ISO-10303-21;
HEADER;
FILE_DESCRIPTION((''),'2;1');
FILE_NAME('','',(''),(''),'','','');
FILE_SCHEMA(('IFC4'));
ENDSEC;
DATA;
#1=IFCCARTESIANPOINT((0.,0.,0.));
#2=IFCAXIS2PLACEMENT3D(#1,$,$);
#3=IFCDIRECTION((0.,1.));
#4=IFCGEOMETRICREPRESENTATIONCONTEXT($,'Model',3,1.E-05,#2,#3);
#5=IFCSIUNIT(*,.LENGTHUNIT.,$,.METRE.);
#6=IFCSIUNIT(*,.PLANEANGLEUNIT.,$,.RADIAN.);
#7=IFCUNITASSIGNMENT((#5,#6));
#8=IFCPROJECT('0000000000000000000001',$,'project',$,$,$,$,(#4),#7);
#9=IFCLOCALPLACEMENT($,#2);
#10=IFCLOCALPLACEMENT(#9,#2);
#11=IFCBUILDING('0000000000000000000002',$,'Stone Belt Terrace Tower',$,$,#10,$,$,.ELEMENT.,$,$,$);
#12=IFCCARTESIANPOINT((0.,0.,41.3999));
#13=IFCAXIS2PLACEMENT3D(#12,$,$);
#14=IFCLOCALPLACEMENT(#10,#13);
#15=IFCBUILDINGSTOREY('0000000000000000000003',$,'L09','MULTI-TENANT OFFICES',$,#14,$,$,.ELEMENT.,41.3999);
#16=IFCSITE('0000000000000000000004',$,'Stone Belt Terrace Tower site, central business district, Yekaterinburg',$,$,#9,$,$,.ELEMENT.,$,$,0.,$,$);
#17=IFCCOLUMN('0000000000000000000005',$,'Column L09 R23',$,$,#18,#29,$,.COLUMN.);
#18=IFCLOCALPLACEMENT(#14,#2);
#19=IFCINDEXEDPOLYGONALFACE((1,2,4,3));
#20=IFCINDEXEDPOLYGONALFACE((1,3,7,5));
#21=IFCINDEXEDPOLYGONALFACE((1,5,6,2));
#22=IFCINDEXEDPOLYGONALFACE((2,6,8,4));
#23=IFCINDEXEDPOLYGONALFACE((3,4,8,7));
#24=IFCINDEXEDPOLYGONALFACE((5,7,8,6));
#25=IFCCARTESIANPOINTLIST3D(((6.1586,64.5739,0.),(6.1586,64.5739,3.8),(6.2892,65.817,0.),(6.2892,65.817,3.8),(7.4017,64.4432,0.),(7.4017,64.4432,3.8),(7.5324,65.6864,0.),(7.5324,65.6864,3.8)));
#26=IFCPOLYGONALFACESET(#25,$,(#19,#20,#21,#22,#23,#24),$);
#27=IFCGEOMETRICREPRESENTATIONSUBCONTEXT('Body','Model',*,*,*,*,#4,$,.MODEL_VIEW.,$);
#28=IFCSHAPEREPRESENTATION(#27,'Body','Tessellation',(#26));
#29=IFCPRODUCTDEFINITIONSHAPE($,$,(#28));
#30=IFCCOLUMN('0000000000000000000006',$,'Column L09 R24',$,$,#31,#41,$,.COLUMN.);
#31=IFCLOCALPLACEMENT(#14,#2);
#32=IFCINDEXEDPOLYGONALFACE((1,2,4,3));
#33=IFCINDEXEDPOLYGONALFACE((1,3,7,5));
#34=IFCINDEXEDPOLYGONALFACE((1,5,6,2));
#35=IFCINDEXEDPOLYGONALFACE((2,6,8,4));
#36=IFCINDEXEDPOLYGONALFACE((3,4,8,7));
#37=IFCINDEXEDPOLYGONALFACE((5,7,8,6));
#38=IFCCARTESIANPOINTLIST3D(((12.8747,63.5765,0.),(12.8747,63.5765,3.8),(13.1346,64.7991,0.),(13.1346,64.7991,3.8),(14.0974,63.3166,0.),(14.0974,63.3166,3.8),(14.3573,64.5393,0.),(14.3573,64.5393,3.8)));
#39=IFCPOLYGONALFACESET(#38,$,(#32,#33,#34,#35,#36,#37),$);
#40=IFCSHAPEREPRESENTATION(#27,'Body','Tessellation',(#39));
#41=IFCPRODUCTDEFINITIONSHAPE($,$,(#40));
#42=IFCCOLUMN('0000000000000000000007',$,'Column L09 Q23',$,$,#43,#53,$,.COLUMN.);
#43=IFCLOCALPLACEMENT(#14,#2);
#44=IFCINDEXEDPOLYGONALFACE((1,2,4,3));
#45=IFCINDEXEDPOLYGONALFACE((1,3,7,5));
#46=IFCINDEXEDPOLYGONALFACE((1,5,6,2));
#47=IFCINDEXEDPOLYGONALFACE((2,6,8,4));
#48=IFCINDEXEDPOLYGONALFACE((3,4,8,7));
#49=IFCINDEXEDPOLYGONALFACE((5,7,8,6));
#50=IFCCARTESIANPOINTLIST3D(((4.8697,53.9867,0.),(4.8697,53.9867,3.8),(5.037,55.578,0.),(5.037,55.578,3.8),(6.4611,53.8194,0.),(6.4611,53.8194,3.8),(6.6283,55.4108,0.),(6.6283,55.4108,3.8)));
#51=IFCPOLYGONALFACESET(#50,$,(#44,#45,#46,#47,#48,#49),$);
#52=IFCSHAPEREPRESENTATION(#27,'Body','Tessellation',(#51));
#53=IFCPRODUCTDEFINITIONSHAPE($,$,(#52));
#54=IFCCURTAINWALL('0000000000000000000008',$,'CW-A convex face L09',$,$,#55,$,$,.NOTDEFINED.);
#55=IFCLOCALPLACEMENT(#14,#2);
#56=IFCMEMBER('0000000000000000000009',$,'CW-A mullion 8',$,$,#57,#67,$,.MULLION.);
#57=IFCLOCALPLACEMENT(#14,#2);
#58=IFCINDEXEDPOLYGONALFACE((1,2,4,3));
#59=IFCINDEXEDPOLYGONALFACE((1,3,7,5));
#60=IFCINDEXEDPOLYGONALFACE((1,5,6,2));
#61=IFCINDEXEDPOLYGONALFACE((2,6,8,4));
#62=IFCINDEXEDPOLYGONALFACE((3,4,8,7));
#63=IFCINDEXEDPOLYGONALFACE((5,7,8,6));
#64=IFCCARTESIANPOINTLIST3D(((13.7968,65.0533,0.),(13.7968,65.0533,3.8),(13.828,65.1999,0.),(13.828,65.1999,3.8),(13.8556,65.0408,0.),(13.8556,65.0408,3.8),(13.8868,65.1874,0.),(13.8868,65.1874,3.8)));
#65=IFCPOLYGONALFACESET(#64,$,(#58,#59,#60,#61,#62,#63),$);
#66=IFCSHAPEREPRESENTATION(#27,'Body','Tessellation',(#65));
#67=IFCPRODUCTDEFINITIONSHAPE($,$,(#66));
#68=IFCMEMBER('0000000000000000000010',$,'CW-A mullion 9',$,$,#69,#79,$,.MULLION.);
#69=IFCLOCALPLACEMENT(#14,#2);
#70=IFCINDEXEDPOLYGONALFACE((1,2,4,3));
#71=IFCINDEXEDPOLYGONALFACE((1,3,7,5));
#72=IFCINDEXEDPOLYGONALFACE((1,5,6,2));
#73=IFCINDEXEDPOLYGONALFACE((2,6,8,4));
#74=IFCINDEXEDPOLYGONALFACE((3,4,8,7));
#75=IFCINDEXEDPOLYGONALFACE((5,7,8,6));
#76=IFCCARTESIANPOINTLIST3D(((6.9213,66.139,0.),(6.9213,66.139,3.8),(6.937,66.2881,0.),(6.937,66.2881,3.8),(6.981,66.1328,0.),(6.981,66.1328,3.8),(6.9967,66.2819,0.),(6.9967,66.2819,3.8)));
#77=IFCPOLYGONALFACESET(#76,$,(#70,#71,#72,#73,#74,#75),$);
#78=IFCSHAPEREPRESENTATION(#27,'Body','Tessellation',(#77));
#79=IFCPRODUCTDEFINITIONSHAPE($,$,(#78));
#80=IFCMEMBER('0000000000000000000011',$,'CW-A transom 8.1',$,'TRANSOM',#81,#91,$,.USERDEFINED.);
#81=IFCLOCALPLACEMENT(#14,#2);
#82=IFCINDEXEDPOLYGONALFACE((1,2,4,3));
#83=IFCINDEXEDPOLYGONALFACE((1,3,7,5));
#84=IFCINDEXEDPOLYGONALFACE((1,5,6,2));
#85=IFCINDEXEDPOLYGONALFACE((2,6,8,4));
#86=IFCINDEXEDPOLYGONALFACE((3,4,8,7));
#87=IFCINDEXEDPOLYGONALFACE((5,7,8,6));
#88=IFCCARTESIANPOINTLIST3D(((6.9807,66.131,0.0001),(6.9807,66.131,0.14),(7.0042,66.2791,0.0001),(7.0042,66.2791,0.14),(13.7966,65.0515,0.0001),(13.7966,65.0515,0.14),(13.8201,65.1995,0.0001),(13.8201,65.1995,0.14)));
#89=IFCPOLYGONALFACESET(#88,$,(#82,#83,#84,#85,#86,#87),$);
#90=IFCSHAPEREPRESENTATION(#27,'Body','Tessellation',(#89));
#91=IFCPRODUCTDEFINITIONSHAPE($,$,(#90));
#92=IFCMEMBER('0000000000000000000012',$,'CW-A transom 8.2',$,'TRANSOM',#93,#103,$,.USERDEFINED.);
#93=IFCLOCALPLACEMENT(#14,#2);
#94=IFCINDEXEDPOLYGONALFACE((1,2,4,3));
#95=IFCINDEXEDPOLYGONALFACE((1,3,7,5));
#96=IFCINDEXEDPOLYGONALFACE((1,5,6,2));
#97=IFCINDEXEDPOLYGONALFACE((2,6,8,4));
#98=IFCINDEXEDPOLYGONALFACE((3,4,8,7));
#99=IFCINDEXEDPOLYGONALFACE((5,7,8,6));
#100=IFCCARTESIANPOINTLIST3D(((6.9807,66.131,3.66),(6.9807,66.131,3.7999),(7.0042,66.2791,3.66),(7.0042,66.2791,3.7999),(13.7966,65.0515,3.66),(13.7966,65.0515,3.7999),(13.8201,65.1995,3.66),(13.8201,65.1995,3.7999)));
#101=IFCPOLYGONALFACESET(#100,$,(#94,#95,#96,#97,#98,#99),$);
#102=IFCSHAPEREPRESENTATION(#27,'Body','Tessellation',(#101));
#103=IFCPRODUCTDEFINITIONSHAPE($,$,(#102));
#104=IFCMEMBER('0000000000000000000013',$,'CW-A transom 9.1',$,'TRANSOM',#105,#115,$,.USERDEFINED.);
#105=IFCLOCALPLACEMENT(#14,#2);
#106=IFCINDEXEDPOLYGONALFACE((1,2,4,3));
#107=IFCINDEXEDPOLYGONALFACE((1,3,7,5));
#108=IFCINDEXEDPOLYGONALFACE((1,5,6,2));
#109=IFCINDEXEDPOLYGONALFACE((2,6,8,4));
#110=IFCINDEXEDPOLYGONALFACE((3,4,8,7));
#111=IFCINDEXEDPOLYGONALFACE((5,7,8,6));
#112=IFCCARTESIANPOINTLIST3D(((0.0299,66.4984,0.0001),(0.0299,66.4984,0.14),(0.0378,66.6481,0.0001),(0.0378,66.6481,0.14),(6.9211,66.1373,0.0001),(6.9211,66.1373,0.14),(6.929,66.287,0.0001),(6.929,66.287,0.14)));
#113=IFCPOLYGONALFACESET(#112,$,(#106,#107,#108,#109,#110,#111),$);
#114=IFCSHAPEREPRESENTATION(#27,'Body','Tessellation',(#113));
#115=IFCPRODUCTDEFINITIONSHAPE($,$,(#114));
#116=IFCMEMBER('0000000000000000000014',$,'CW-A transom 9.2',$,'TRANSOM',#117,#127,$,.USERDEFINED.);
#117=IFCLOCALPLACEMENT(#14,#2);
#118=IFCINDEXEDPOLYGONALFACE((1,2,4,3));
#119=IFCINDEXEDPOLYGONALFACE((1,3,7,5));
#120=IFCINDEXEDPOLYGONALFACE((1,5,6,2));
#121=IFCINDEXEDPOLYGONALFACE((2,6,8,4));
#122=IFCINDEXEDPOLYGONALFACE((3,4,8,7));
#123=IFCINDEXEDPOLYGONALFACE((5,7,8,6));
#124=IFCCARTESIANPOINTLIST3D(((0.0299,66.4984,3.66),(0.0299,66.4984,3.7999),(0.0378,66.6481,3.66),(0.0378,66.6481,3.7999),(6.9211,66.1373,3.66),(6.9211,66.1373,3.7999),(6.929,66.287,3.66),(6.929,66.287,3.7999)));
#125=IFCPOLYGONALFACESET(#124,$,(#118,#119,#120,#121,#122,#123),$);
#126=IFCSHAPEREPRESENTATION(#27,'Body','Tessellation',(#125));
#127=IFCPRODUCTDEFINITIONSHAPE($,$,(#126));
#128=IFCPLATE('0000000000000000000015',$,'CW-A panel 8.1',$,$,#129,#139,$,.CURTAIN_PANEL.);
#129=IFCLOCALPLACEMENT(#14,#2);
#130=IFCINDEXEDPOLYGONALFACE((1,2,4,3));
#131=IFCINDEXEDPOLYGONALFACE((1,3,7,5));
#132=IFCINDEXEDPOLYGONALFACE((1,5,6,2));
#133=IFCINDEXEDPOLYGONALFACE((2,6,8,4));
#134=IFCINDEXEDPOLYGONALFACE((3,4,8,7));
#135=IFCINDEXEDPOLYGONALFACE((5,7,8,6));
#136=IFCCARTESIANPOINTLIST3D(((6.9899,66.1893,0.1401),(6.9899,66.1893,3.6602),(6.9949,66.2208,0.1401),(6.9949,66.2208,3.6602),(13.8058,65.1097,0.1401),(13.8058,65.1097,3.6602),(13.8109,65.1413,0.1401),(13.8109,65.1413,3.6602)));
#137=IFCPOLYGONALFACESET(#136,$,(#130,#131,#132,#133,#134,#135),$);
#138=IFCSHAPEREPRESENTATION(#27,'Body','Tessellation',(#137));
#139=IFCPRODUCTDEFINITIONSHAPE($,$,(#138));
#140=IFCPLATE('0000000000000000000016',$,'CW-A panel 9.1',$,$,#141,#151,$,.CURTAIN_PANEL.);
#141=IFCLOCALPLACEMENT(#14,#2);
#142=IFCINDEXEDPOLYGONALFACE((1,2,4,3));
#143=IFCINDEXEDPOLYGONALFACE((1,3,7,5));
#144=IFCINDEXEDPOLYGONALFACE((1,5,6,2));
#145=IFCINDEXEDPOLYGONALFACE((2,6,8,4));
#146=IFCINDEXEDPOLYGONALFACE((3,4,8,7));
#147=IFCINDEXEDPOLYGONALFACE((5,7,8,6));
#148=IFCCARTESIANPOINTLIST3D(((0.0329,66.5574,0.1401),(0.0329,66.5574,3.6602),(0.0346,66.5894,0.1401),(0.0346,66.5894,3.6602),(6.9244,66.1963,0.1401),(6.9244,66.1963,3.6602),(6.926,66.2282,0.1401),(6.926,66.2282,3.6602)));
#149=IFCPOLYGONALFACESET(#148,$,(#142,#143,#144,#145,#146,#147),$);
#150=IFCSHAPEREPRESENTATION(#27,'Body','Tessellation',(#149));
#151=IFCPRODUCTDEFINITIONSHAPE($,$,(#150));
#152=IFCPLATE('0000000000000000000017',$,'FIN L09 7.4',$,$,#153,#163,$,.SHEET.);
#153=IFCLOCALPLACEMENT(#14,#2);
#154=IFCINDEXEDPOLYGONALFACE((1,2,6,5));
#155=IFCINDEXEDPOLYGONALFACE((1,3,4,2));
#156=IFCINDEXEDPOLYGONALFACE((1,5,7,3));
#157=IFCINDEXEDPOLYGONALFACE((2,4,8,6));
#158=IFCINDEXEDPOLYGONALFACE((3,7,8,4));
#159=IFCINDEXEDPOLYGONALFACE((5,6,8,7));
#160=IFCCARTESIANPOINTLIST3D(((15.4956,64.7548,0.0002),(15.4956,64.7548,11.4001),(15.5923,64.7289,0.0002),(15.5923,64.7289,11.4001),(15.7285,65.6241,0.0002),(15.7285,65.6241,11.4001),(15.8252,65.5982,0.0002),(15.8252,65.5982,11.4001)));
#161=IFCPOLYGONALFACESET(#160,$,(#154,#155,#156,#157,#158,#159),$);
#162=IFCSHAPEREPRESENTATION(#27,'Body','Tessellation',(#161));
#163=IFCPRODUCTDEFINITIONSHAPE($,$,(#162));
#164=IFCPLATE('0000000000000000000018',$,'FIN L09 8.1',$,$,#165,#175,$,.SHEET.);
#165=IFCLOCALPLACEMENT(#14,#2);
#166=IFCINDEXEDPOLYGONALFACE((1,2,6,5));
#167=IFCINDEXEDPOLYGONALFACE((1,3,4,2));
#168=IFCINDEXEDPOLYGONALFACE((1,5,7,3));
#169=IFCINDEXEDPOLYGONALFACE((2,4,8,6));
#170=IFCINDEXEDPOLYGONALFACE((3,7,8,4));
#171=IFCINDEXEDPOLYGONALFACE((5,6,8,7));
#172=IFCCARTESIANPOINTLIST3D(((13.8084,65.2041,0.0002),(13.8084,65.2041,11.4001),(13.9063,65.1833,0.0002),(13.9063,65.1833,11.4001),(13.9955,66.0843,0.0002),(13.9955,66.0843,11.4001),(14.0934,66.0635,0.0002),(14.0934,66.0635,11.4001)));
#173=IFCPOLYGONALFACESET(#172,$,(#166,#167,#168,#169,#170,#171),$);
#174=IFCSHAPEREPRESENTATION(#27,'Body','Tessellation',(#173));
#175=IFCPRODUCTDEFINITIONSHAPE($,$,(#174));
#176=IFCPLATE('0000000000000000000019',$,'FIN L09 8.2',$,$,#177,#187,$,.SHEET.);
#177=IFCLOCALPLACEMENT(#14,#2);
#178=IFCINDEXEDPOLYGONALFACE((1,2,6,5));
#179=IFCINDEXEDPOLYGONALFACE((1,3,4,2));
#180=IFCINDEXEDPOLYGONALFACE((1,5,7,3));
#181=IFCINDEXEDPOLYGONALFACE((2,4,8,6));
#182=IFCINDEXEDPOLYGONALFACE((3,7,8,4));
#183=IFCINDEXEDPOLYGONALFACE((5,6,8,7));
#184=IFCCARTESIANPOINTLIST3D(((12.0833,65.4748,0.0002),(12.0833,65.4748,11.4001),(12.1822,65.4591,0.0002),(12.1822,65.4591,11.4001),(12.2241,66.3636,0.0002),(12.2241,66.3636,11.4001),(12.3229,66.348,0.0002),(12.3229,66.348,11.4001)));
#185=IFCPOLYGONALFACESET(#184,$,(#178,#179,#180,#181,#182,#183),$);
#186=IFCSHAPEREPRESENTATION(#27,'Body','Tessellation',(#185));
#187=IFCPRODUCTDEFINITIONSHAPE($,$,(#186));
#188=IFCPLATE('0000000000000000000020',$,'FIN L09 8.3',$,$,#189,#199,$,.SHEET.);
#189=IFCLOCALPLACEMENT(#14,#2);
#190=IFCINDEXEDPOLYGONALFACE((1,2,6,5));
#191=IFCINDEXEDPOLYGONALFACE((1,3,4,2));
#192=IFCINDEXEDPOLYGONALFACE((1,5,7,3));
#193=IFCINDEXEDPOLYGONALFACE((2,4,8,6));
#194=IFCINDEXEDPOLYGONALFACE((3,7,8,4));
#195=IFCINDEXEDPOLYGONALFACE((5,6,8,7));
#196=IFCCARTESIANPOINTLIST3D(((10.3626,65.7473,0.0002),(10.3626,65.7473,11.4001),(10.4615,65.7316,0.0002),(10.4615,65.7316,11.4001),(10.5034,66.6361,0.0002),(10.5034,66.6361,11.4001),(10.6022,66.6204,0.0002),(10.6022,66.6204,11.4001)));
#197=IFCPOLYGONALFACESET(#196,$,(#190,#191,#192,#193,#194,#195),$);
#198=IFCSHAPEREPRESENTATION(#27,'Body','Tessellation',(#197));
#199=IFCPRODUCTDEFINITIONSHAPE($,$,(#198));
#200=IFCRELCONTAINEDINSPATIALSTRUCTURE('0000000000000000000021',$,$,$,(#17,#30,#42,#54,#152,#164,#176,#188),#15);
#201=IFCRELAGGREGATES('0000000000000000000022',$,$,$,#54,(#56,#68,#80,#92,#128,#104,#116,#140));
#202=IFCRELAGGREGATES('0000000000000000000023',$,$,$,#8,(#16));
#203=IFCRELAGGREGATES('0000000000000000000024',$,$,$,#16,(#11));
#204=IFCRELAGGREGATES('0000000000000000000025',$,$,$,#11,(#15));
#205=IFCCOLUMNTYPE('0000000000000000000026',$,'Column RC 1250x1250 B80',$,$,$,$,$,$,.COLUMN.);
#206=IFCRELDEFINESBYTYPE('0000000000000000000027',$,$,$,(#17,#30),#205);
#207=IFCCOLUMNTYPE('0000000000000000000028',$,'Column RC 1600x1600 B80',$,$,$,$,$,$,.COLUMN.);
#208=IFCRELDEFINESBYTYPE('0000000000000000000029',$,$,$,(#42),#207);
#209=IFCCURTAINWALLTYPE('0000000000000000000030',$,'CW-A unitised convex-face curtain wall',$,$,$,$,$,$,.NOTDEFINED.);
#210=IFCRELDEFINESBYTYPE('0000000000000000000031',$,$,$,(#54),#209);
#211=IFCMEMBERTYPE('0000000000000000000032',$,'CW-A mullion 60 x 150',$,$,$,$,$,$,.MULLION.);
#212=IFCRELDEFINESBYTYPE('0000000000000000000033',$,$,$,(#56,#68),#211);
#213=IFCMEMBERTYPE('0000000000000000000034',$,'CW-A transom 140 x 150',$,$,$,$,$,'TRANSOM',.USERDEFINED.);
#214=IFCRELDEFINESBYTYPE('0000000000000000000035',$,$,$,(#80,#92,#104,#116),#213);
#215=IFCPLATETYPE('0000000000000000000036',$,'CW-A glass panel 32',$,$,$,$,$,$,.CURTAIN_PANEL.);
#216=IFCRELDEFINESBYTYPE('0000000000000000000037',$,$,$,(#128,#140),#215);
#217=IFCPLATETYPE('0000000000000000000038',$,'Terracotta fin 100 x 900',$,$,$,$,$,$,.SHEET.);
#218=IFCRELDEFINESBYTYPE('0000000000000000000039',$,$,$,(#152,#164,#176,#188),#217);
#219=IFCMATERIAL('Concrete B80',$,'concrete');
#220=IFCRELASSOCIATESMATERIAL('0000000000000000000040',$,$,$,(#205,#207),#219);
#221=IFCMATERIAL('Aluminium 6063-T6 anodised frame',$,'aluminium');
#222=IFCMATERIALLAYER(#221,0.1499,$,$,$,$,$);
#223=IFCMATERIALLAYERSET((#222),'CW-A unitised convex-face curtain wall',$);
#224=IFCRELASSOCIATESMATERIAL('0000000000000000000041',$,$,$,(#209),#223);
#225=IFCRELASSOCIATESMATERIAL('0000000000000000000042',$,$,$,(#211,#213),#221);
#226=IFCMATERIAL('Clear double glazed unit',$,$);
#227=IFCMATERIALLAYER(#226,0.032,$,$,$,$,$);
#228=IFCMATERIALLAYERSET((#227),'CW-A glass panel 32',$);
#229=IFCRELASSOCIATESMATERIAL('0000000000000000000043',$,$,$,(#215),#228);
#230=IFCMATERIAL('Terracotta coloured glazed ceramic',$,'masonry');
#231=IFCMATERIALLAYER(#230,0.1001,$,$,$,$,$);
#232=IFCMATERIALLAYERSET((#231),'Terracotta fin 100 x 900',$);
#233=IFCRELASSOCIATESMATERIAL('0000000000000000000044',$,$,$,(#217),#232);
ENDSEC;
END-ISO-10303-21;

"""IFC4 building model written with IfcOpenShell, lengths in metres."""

from ifc_helpers import new_model, si_unit, direction, frame, origin, origin_2d, place, context, subcontext, project, spatial, rectangle, extrude, material, layer, layer_set, material_profile, profile_set, type_object, element, aggregate, save


model = new_model("IFC4")

# Units and contexts
model_context = context("Model", 3, precision=1e-05, world=origin(), true_north=direction((0.0, 1.0)))
body_context = subcontext(model_context, "Body", "Model", "MODEL_VIEW")
ifc_project = project(units=[si_unit("LENGTHUNIT", "METRE"), si_unit("PLANEANGLEUNIT", "RADIAN")], contexts=[model_context])

# Site, building, storey
site_placement = place(None, origin())
site = spatial("IfcSite", under=ifc_project, at=site_placement, Name="Stone Belt Terrace Tower site, central business district, Yekaterinburg", CompositionType="ELEMENT", RefElevation=0.0)
building_placement = place(site_placement, origin())
building = spatial("IfcBuilding", under=site, at=building_placement, Name="Stone Belt Terrace Tower", CompositionType="ELEMENT")
storey_placement = place(building_placement, frame((0.0, 0.0, 41.3999)))
storey = spatial("IfcBuildingStorey", under=building, at=storey_placement, Name="L09", Description="MULTI-TENANT OFFICES", CompositionType="ELEMENT", Elevation=41.3999)

# Columns
ifc_material_1 = material(Name="Concrete B80", Category="concrete")
ifc_material_profile_1 = material_profile(ifc_material_1, rectangle(XDim=1.25, YDim=1.25, at=origin_2d()), Name="RC 1250x1250")
ifc_profile_set_1 = profile_set([ifc_material_profile_1], Name="Concrete B80")
column_type_1 = type_object("IfcColumnType", Name="Column RC 1250x1250 B80", PredefinedType="COLUMN", material=ifc_profile_set_1)
for number, where, z_axis, x_axis, name in (
    (1, (6.8455, 65.1301, 0.0), (0.0, 0.0, 1.0), (0.994522, -0.104528, 0.0), "Column L09 R23"),
    (2, (13.616, 64.0579, 0.0), (0.0, 0.0, 1.0), (0.978148, -0.207912, 0.0), "Column L09 R24"),
):
    element("IfcColumn", number, at=place(storey_placement, frame(where, z_axis=z_axis, x_axis=x_axis)), inside=storey, type_object=column_type_1, Name=name, PredefinedType="COLUMN", context=body_context, shape_type="SweptSolid", body=[
        extrude(rectangle(XDim=1.25, YDim=1.25, at=origin_2d()), origin(), (0.0, 0.0, 1.0), 3.8),
    ])
ifc_material_profile_2 = material_profile(ifc_material_1, rectangle(XDim=1.6001, YDim=1.6001, at=origin_2d()), Name="RC 1600x1600")
ifc_profile_set_2 = profile_set([ifc_material_profile_2], Name="Concrete B80")
column_type_2 = type_object("IfcColumnType", Name="Column RC 1600x1600 B80", PredefinedType="COLUMN", material=ifc_profile_set_2)
column_placement = place(storey_placement, frame((5.749, 54.6987, 0.0), z_axis=(0.0, 0.0, 1.0), x_axis=(0.994522, -0.104528, 0.0)))
element("IfcColumn", 3, at=column_placement, inside=storey, type_object=column_type_2, Name="Column L09 Q23", PredefinedType="COLUMN", context=body_context, shape_type="SweptSolid", body=[
    extrude(rectangle(XDim=1.6001, YDim=1.6001, at=origin_2d()), origin(), (0.0, 0.0, 1.0), 3.8),
])

# Curtain wall, members, plates
ifc_material_2 = material(Name="Aluminium 6063-T6 anodised frame", Category="aluminium")
ifc_layer_1 = layer(ifc_material_2, 0.1499)
ifc_layer_set_1 = layer_set([ifc_layer_1], Name="CW-A unitised convex-face curtain wall")
curtain_wall_type = type_object("IfcCurtainWallType", Name="CW-A unitised convex-face curtain wall", PredefinedType="NOTDEFINED", material=ifc_layer_set_1)
curtain_wall_placement = place(storey_placement, origin())
curtain_wall = element("IfcCurtainWall", 4, at=curtain_wall_placement, inside=storey, type_object=curtain_wall_type, Name="CW-A convex face L09", PredefinedType="NOTDEFINED")
ifc_material_profile_3 = material_profile(ifc_material_2, rectangle(XDim=0.1499, YDim=0.0601, at=origin_2d()), Name="Aluminium 6063-T6 60x150")
ifc_profile_set_3 = profile_set([ifc_material_profile_3], Name="Aluminium 6063-T6 anodised frame")
member_type_1 = type_object("IfcMemberType", Name="CW-A mullion 60 x 150", PredefinedType="MULLION", material=ifc_profile_set_3)
member_1_placement = place(storey_placement, frame((13.8418, 65.1204, 0.0), z_axis=(0.0, 0.0, 1.0), x_axis=(-0.207912, -0.978148, 0.0)))
member_1 = element("IfcMember", 5, at=member_1_placement, type_object=member_type_1, Name="CW-A mullion 8", PredefinedType="MULLION", context=body_context, shape_type="SweptSolid", body=[
    extrude(rectangle(XDim=0.1499, YDim=0.0601, at=origin_2d()), origin(), (0.0, 0.0, 1.0), 3.8),
])
member_2_placement = place(storey_placement, frame((6.959, 66.2104, 0.0), z_axis=(0.0, 0.0, 1.0), x_axis=(-0.104528, -0.994522, 0.0)))
member_2 = element("IfcMember", 6, at=member_2_placement, type_object=member_type_1, Name="CW-A mullion 9", PredefinedType="MULLION", context=body_context, shape_type="SweptSolid", body=[
    extrude(rectangle(XDim=0.1499, YDim=0.0601, at=origin_2d()), origin(), (0.0, 0.0, 1.0), 3.8),
])
ifc_material_profile_4 = material_profile(ifc_material_2, rectangle(XDim=0.1499, YDim=0.1399, at=origin_2d()), Name="Aluminium 6063-T6 150x140")
ifc_profile_set_4 = profile_set([ifc_material_profile_4], Name="Aluminium 6063-T6 anodised frame")
member_type_2 = type_object("IfcMemberType", Name="CW-A transom 140 x 150", ElementType="TRANSOM", PredefinedType="USERDEFINED", material=ifc_profile_set_4)
member_3_placement = place(storey_placement, frame((13.8083, 65.1255, 0.0701), z_axis=(-0.987687, 0.156442, 0.0), x_axis=(-0.156442, -0.987687, 0.0)))
member_3 = element("IfcMember", 7, at=member_3_placement, type_object=member_type_2, Name="CW-A transom 8.1", ObjectType="TRANSOM", PredefinedType="USERDEFINED", context=body_context, shape_type="SweptSolid", body=[
    extrude(rectangle(XDim=0.1499, YDim=0.1399, at=origin_2d()), origin(), (0.0, 0.0, 1.0), 6.9009),
])
member_4_placement = place(storey_placement, frame((13.8083, 65.1255, 3.73), z_axis=(-0.987687, 0.156442, 0.0), x_axis=(-0.156442, -0.987687, 0.0)))
member_4 = element("IfcMember", 8, at=member_4_placement, type_object=member_type_2, Name="CW-A transom 8.2", ObjectType="TRANSOM", PredefinedType="USERDEFINED", context=body_context, shape_type="SweptSolid", body=[
    extrude(rectangle(XDim=0.1499, YDim=0.1399, at=origin_2d()), origin(), (0.0, 0.0, 1.0), 6.9009),
])
member_5_placement = place(storey_placement, frame((6.925, 66.2122, 0.0701), z_axis=(-0.99863, 0.052327, 0.0), x_axis=(-0.052327, -0.99863, 0.0)))
member_5 = element("IfcMember", 9, at=member_5_placement, type_object=member_type_2, Name="CW-A transom 9.1", ObjectType="TRANSOM", PredefinedType="USERDEFINED", context=body_context, shape_type="SweptSolid", body=[
    extrude(rectangle(XDim=0.1499, YDim=0.1399, at=origin_2d()), origin(), (0.0, 0.0, 1.0), 6.9006),
])
member_6_placement = place(storey_placement, frame((6.925, 66.2122, 3.73), z_axis=(-0.99863, 0.052327, 0.0), x_axis=(-0.052327, -0.99863, 0.0)))
member_6 = element("IfcMember", 10, at=member_6_placement, type_object=member_type_2, Name="CW-A transom 9.2", ObjectType="TRANSOM", PredefinedType="USERDEFINED", context=body_context, shape_type="SweptSolid", body=[
    extrude(rectangle(XDim=0.1499, YDim=0.1399, at=origin_2d()), origin(), (0.0, 0.0, 1.0), 6.9006),
])
ifc_material_3 = material(Name="Clear double glazed unit")
ifc_layer_2 = layer(ifc_material_3, 0.032)
ifc_layer_set_2 = layer_set([ifc_layer_2], Name="CW-A glass panel 32")
plate_type_1 = type_object("IfcPlateType", Name="CW-A glass panel 32", PredefinedType="CURTAIN_PANEL", material=ifc_layer_set_2)
plate_1_placement = place(storey_placement, frame((10.4004, 65.6653, 0.1401), z_axis=(0.0, 0.0, 1.0), x_axis=(-0.987688, 0.156434, 0.0)))
plate_1 = element("IfcPlate", 11, at=plate_1_placement, type_object=plate_type_1, Name="CW-A panel 8.1", PredefinedType="CURTAIN_PANEL", context=body_context, shape_type="SweptSolid", body=[
    extrude(rectangle(XDim=6.9009, YDim=0.032, at=origin_2d()), origin(), (0.0, 0.0, 1.0), 3.52),
])
plate_2_placement = place(storey_placement, frame((3.4795, 66.3928, 0.1401), z_axis=(0.0, 0.0, 1.0), x_axis=(-0.99863, 0.052336, 0.0)))
plate_2 = element("IfcPlate", 12, at=plate_2_placement, type_object=plate_type_1, Name="CW-A panel 9.1", PredefinedType="CURTAIN_PANEL", context=body_context, shape_type="SweptSolid", body=[
    extrude(rectangle(XDim=6.9009, YDim=0.032, at=origin_2d()), origin(), (0.0, 0.0, 1.0), 3.52),
])
aggregate(curtain_wall, [member_1, member_2, member_3, member_4, plate_1, member_5, member_6, plate_2])

# Plates
ifc_material_4 = material(Name="Terracotta coloured glazed ceramic", Category="masonry")
ifc_layer_3 = layer(ifc_material_4, 0.1001)
ifc_layer_set_3 = layer_set([ifc_layer_3], Name="Terracotta fin 100 x 900")
plate_type_2 = type_object("IfcPlateType", Name="Terracotta fin 100 x 900", PredefinedType="SHEET", material=ifc_layer_set_3)
for number, where, z_axis, x_axis, name in (
    (13, (15.6604, 65.1765, 0.0002), (0.0, 0.0, 1.0), (0.258819, 0.965926, 0.0), "FIN L09 7.4"),
    (14, (13.9509, 65.6338, 0.0002), (0.0, 0.0, 1.0), (0.207912, 0.978148, 0.0), "FIN L09 8.1"),
    (15, (12.2031, 65.9114, 0.0002), (0.0, 0.0, 1.0), (0.156434, 0.987688, 0.0), "FIN L09 8.2"),
    (16, (10.4824, 66.1838, 0.0002), (0.0, 0.0, 1.0), (0.156434, 0.987688, 0.0), "FIN L09 8.3"),
):
    element("IfcPlate", number, at=place(storey_placement, frame(where, z_axis=z_axis, x_axis=x_axis)), inside=storey, type_object=plate_type_2, Name=name, PredefinedType="SHEET", context=body_context, shape_type="SweptSolid", body=[
        extrude(rectangle(XDim=0.8999, YDim=0.1001, at=origin_2d()), origin(), (0.0, 0.0, 1.0), 11.3999),
    ])

save(model, "model.ifc")
